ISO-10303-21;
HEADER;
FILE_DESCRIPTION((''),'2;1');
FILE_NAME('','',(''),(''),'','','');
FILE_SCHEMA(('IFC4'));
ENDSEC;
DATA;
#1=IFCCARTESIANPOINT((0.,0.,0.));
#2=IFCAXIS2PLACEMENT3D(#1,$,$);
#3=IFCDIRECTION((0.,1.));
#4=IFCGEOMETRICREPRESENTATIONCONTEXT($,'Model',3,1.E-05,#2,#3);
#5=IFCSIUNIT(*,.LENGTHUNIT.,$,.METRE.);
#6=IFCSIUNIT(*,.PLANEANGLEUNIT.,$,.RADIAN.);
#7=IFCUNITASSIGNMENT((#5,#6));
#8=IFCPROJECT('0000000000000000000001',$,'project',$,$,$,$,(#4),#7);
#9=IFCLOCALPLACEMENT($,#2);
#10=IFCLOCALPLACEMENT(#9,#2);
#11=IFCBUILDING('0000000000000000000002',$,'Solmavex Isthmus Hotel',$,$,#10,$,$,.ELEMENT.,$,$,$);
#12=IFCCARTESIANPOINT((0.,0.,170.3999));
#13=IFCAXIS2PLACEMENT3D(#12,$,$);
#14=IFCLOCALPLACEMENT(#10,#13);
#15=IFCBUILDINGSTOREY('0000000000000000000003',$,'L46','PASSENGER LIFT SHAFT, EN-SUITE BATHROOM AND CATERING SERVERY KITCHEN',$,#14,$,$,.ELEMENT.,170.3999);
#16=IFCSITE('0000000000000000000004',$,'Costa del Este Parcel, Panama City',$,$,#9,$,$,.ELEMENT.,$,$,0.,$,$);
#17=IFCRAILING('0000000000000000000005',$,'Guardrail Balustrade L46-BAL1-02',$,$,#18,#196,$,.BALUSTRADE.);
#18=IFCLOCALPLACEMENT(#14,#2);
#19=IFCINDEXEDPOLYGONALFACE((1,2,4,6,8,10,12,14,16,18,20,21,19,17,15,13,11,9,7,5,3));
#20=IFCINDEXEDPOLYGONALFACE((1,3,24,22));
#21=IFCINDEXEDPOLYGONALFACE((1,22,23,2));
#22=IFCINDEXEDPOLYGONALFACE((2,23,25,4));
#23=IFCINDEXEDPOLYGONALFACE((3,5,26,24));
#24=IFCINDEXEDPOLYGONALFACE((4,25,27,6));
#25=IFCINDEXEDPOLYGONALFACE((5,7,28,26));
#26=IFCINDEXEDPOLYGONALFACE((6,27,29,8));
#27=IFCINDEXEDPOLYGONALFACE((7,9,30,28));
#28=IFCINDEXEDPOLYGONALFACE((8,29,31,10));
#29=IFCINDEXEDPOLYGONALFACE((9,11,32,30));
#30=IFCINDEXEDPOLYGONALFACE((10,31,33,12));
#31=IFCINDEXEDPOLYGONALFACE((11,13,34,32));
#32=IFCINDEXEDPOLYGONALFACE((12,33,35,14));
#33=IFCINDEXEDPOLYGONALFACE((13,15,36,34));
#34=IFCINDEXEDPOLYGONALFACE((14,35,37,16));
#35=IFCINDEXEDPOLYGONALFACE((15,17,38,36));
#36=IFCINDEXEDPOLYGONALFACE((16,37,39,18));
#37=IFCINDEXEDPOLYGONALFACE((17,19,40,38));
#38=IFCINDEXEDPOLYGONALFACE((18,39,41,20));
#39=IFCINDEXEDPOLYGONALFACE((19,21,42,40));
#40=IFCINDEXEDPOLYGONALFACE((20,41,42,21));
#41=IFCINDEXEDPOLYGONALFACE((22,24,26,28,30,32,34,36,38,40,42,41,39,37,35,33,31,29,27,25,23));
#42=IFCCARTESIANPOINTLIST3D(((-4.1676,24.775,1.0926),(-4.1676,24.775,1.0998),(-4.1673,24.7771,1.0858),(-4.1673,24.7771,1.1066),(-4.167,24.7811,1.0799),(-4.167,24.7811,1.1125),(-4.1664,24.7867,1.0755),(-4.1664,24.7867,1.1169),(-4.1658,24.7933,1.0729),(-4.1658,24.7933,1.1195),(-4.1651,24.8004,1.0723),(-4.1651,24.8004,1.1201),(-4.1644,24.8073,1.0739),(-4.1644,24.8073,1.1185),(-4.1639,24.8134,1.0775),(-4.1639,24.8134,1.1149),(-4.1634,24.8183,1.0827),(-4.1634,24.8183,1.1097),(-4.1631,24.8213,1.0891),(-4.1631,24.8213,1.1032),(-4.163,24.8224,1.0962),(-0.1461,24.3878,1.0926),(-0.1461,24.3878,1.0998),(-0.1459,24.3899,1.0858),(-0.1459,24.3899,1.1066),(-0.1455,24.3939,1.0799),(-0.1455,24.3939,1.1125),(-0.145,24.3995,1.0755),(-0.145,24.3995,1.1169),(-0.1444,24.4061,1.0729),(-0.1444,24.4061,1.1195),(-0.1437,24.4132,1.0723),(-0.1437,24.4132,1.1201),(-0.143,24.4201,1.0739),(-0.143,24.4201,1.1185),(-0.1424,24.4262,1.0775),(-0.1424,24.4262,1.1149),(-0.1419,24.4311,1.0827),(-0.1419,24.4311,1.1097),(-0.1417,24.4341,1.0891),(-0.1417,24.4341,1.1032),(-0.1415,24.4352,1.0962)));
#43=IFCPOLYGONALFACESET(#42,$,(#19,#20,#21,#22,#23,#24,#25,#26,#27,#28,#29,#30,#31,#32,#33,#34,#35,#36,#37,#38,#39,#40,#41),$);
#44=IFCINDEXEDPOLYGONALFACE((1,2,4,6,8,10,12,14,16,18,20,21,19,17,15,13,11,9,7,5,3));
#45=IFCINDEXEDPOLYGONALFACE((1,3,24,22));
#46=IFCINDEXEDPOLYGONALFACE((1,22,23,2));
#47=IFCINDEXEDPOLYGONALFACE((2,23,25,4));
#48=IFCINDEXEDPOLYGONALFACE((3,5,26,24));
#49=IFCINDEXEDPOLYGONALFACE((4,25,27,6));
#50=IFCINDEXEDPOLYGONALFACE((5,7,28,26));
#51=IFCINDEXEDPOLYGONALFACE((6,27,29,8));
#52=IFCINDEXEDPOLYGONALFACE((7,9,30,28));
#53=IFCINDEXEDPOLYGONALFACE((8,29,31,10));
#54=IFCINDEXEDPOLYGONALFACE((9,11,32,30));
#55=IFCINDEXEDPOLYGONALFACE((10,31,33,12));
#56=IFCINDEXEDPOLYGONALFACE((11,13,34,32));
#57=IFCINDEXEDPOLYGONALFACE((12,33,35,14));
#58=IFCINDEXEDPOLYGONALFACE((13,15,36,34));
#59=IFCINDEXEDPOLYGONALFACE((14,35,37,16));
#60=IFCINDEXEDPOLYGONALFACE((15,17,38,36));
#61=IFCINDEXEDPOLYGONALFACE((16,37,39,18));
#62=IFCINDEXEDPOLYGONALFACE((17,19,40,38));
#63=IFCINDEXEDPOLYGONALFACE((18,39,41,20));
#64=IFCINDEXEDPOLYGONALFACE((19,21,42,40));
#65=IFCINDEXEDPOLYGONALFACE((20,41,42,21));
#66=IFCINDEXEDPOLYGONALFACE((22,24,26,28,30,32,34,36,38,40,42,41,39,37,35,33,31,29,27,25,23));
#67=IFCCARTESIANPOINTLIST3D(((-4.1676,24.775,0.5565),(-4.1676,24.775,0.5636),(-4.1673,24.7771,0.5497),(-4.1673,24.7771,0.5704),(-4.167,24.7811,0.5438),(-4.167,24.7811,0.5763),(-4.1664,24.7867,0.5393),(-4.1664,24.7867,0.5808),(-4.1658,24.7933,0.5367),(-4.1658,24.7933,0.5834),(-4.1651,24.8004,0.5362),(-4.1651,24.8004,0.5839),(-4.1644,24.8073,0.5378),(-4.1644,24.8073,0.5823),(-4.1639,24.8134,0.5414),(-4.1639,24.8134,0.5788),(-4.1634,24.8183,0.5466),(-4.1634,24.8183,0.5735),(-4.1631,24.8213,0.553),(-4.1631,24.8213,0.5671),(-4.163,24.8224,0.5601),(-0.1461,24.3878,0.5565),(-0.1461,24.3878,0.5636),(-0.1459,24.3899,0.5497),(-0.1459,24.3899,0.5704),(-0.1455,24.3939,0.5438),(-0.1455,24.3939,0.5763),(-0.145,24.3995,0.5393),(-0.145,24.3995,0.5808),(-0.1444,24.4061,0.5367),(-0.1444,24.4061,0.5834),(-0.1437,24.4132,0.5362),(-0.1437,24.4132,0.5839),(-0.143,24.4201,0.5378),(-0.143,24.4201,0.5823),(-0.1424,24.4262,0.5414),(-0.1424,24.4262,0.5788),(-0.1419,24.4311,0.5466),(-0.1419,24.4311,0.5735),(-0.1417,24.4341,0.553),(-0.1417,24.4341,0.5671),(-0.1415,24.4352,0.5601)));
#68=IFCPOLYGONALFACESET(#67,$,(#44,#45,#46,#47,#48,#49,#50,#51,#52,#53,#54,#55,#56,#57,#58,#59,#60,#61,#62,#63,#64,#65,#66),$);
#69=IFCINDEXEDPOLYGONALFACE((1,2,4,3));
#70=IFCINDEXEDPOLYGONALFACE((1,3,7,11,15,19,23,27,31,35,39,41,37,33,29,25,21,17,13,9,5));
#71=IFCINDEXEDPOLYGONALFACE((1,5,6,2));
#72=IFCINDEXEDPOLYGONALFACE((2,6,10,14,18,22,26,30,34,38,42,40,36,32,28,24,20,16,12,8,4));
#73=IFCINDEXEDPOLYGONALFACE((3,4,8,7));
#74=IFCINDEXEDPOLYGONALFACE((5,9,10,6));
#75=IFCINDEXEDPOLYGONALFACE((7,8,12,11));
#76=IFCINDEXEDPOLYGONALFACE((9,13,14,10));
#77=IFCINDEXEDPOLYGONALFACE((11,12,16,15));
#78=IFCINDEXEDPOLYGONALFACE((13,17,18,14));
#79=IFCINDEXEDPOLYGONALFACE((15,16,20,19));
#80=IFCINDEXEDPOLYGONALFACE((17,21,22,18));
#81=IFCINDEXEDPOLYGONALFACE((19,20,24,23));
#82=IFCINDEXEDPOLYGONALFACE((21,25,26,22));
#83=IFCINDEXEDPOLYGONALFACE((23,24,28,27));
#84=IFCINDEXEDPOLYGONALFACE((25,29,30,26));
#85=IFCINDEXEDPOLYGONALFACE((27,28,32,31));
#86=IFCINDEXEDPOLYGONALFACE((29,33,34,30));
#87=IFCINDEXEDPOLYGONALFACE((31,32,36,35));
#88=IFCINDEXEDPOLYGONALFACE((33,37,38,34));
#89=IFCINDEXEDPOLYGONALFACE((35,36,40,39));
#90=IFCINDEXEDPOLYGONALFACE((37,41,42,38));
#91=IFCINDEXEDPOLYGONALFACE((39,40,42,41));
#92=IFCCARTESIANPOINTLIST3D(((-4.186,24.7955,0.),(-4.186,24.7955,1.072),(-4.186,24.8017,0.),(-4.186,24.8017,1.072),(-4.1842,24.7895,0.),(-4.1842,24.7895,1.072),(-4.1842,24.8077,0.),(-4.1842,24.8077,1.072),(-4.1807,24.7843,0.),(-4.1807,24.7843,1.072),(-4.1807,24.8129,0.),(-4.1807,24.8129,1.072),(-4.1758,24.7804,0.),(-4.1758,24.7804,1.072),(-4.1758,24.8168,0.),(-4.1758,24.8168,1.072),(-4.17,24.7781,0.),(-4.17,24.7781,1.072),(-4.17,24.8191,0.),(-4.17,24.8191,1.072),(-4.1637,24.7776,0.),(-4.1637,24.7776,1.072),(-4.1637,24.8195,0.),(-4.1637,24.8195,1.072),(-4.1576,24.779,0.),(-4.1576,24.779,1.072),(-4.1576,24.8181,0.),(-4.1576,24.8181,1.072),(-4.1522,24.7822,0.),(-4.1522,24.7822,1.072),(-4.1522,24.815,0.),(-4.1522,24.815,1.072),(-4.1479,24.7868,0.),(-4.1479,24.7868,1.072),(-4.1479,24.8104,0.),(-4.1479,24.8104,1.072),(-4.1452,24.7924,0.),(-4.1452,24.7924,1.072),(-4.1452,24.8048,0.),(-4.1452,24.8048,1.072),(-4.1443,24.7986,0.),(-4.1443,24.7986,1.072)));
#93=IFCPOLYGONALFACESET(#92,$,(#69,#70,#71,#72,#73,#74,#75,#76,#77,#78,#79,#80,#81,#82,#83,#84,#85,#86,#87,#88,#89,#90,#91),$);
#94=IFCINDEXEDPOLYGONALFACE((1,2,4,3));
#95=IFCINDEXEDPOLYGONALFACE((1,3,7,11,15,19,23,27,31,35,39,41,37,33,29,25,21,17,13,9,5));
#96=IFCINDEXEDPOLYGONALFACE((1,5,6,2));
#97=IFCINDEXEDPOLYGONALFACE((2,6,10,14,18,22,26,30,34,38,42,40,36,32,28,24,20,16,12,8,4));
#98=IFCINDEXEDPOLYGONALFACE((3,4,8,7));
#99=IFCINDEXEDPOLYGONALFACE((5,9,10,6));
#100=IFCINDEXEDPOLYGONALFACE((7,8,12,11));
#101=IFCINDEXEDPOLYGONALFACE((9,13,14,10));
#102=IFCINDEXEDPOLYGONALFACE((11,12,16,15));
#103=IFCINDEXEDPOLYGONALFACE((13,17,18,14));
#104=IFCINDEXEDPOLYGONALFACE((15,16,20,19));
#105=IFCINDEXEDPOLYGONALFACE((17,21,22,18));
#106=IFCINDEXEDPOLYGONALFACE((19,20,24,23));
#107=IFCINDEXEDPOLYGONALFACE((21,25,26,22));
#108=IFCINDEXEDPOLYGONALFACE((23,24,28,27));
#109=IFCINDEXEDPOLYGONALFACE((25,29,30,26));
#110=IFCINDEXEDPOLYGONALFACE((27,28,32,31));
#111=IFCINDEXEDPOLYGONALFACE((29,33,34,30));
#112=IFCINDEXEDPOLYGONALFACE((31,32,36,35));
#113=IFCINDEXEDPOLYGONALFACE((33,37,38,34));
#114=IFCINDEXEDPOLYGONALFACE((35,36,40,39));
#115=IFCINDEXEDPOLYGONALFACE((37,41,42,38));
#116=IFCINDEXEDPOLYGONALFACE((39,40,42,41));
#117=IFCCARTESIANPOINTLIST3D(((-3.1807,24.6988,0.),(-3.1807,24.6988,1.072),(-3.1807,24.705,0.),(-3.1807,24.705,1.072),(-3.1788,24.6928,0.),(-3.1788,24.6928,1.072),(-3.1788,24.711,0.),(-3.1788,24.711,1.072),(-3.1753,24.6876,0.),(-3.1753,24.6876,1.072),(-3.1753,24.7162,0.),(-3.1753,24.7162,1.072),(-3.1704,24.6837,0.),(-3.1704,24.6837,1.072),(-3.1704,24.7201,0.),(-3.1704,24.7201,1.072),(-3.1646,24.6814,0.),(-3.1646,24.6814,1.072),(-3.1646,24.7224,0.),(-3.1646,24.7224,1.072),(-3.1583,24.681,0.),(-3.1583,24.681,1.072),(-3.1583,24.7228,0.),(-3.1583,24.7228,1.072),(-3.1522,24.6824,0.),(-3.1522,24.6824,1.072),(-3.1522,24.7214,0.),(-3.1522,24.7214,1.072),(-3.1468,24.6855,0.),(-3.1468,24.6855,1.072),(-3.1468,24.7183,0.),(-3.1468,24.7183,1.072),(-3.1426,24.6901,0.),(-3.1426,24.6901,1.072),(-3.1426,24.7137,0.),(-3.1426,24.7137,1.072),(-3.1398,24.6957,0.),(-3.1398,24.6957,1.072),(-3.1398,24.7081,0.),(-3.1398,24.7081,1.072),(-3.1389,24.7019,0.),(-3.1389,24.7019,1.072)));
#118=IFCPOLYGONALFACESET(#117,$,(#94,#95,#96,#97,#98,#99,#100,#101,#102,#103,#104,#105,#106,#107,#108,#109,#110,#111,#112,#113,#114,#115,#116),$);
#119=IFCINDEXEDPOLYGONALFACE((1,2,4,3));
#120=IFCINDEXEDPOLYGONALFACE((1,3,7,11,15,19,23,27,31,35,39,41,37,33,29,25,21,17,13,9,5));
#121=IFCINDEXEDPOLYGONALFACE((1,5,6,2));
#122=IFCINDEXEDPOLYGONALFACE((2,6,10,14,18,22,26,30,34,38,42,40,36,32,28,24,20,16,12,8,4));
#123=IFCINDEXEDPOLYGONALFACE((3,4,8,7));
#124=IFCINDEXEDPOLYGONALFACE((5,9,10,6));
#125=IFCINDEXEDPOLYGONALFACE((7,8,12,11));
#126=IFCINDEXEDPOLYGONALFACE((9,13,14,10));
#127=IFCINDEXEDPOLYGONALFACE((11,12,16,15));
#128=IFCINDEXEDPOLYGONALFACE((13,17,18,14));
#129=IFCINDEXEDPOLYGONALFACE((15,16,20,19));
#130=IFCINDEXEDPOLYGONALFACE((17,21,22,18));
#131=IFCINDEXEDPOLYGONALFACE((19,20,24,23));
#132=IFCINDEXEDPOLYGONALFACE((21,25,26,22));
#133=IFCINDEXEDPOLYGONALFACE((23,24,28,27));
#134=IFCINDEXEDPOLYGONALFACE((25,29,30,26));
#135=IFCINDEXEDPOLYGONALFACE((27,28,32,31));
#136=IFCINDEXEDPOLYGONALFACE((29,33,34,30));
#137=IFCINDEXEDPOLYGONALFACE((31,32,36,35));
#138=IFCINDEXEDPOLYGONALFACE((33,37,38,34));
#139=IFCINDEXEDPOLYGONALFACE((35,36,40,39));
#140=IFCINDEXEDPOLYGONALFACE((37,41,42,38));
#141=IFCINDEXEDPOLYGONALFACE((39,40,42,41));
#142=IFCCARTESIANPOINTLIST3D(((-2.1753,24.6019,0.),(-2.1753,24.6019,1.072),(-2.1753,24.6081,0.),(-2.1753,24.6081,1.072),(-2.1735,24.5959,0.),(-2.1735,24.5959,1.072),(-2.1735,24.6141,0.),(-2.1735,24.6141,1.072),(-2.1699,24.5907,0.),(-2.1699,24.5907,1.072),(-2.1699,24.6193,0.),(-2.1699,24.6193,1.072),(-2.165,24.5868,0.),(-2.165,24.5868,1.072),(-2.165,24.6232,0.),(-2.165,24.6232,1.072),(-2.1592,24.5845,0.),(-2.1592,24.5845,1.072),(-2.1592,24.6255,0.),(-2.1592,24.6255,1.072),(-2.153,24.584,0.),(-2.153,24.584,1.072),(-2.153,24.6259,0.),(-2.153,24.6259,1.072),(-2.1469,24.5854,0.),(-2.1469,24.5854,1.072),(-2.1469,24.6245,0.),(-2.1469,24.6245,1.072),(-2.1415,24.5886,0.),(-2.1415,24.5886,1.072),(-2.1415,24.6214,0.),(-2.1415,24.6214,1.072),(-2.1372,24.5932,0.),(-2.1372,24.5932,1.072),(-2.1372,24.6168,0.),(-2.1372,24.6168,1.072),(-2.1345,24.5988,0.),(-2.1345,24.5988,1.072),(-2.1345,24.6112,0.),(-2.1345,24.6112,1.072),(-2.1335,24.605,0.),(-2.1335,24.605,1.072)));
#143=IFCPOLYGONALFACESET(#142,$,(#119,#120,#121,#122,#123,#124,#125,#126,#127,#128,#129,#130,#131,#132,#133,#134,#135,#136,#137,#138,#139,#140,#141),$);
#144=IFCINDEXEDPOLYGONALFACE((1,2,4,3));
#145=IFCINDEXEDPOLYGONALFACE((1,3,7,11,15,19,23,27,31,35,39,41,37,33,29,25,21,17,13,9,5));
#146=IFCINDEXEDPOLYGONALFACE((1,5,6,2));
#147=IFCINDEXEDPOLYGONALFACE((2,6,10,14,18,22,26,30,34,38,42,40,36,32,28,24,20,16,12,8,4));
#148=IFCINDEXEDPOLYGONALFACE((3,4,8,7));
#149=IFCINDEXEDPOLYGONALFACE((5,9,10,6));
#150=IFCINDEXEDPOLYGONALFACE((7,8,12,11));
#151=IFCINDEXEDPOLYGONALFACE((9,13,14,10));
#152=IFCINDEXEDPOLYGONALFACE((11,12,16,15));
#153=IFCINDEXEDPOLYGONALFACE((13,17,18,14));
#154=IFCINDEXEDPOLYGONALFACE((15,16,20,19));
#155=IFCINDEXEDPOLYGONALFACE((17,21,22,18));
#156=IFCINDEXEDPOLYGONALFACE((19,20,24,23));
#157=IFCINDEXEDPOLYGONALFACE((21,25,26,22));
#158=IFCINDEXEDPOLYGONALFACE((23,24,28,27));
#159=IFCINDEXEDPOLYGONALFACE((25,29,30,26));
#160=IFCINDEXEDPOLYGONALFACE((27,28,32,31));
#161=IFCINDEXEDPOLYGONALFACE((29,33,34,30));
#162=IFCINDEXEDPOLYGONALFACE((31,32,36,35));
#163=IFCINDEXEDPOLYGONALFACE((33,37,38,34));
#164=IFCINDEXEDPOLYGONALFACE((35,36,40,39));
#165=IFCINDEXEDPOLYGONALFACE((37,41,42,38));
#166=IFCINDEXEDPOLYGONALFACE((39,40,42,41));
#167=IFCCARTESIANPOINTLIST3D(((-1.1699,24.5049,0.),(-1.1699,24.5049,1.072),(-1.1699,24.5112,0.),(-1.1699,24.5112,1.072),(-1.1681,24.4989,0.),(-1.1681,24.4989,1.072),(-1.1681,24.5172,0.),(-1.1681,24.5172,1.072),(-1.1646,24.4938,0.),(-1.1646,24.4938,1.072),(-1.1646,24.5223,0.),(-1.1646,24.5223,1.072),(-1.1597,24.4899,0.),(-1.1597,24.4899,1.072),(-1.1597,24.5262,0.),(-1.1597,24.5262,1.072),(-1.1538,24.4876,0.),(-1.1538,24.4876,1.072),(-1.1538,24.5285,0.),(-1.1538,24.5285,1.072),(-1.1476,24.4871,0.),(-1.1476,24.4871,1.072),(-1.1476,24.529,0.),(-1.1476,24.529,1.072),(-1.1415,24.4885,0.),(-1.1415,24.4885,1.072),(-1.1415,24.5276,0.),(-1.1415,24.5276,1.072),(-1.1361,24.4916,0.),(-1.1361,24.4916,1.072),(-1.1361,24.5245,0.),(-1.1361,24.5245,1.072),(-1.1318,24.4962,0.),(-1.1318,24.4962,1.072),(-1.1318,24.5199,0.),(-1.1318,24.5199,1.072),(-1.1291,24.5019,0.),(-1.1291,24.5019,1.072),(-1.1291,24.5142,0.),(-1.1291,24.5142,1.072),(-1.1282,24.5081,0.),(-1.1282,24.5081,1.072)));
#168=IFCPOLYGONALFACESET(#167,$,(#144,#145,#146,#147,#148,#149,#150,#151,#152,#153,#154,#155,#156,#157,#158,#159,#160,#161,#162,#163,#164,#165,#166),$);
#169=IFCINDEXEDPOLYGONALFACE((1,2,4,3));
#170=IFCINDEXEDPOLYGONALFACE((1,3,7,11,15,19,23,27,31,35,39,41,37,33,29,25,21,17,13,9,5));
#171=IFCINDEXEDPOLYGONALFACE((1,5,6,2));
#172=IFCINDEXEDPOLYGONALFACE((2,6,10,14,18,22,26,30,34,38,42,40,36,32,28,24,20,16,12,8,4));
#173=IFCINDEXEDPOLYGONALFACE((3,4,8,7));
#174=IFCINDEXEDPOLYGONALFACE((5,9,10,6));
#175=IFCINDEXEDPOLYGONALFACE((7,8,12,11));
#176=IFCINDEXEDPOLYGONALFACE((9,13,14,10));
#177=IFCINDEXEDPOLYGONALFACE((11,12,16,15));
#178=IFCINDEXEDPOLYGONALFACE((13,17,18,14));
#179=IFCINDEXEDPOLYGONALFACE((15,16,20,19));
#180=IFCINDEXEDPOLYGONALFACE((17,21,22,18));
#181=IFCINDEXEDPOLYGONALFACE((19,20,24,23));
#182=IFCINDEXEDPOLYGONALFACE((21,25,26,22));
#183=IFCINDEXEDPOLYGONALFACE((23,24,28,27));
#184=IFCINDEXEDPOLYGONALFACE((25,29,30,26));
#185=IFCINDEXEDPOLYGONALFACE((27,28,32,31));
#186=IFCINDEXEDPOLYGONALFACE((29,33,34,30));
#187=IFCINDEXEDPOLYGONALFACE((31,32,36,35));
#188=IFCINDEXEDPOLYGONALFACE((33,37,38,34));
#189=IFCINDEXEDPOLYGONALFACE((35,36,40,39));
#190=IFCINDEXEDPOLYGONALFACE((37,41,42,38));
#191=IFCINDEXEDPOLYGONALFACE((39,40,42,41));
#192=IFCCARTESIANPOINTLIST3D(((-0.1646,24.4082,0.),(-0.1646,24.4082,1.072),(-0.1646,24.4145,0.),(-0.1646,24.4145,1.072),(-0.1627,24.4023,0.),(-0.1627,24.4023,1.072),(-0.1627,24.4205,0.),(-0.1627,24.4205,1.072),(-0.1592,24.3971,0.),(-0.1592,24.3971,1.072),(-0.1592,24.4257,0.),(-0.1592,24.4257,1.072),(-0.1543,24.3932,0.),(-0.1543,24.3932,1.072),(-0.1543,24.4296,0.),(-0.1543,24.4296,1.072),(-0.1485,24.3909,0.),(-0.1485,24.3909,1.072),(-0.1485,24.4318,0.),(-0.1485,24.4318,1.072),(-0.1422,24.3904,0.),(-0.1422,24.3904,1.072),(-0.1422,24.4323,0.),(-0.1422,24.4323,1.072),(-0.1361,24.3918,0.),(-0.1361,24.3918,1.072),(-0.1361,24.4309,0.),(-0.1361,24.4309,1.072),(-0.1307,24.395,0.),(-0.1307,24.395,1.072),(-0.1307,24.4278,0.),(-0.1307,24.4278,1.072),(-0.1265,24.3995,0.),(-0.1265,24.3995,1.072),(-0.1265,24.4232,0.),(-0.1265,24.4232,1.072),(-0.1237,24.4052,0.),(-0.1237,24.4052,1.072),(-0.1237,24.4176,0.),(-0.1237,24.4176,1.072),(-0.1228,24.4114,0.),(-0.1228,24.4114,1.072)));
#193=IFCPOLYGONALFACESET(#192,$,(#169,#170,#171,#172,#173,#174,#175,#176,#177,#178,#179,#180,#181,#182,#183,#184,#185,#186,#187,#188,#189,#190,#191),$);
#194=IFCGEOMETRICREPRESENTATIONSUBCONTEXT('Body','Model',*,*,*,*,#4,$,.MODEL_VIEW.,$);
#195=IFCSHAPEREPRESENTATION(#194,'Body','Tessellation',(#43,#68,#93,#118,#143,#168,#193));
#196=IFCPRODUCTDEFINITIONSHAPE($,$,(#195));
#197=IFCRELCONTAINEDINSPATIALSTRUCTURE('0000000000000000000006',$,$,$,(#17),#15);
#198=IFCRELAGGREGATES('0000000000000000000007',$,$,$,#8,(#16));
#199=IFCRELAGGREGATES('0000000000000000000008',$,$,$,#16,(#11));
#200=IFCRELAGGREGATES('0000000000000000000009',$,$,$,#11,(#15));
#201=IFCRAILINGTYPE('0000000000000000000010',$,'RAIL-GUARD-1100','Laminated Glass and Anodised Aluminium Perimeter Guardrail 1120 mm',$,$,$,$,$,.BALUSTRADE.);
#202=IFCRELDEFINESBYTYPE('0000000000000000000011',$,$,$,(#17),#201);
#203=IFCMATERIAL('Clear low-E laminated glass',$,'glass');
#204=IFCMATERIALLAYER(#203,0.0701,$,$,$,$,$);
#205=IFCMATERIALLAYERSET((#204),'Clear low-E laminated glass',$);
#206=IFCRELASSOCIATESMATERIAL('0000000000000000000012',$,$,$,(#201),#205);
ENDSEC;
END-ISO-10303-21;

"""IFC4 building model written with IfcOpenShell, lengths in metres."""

from ifc_helpers import new_model, si_unit, direction, frame, origin, origin_2d, place, context, subcontext, project, spatial, circle, extrude, material, layer, layer_set, type_object, element, save


model = new_model("IFC4")

# Units and contexts
model_context = context("Model", 3, precision=1e-05, world=origin(), true_north=direction((0.0, 1.0)))
body_context = subcontext(model_context, "Body", "Model", "MODEL_VIEW")
ifc_project = project(units=[si_unit("LENGTHUNIT", "METRE"), si_unit("PLANEANGLEUNIT", "RADIAN")], contexts=[model_context])

# Site, building, storey
site_placement = place(None, origin())
site = spatial("IfcSite", under=ifc_project, at=site_placement, Name="Costa del Este Parcel, Panama City", CompositionType="ELEMENT", RefElevation=0.0)
building_placement = place(site_placement, origin())
building = spatial("IfcBuilding", under=site, at=building_placement, Name="Solmavex Isthmus Hotel", CompositionType="ELEMENT")
storey_placement = place(building_placement, frame((0.0, 0.0, 170.3999)))
storey = spatial("IfcBuildingStorey", under=building, at=storey_placement, Name="L46", Description="PASSENGER LIFT SHAFT, EN-SUITE BATHROOM AND CATERING SERVERY KITCHEN", CompositionType="ELEMENT", Elevation=170.3999)

# Shared definitions
ifc_material_1 = material(Name="Clear low-E laminated glass", Category="glass")

# Railing
ifc_layer_1 = layer(ifc_material_1, 0.0701)
ifc_layer_set_1 = layer_set([ifc_layer_1], Name="Clear low-E laminated glass")
railing_type = type_object("IfcRailingType", Name="RAIL-GUARD-1100", Description="Laminated Glass and Anodised Aluminium Perimeter Guardrail 1120 mm", PredefinedType="BALUSTRADE", material=ifc_layer_set_1)
railing_1_placement = place(storey_placement, frame((-4.1653, 24.7986, 0.0)))
element("IfcRailing", 1, at=railing_1_placement, inside=storey, type_object=railing_type, Name="Guardrail Balustrade L46-BAL1-02", PredefinedType="BALUSTRADE", context=body_context, shape_type="SweptSolid", body=[
    extrude(circle(Radius=0.0239, at=origin_2d()), frame((0.0, 0.0, 1.0962), z_axis=(0.995397, -0.095841, 0.0), x_axis=(0.095841, 0.995397, 0.0)), (0.0, 0.0, 1.0), 4.04),
    extrude(circle(Radius=0.0239, at=origin_2d()), frame((0.0, 0.0, 0.5601), z_axis=(0.995397, -0.095841, 0.0), x_axis=(0.095841, 0.995397, 0.0)), (0.0, 0.0, 1.0), 4.04),
    extrude(circle(Radius=0.021, at=origin_2d()), origin(), (0.0, 0.0, 1.0), 1.072),
    extrude(circle(Radius=0.021, at=origin_2d()), frame((1.0054, -0.0967, 0.0)), (0.0, 0.0, 1.0), 1.072),
    extrude(circle(Radius=0.021, at=origin_2d()), frame((2.0107, -0.1936, 0.0)), (0.0, 0.0, 1.0), 1.072),
    extrude(circle(Radius=0.021, at=origin_2d()), frame((3.0161, -0.2905, 0.0)), (0.0, 0.0, 1.0), 1.072),
    extrude(circle(Radius=0.021, at=origin_2d()), frame((4.0215, -0.3872, 0.0)), (0.0, 0.0, 1.0), 1.072),
])

save(model, "model.ifc")
